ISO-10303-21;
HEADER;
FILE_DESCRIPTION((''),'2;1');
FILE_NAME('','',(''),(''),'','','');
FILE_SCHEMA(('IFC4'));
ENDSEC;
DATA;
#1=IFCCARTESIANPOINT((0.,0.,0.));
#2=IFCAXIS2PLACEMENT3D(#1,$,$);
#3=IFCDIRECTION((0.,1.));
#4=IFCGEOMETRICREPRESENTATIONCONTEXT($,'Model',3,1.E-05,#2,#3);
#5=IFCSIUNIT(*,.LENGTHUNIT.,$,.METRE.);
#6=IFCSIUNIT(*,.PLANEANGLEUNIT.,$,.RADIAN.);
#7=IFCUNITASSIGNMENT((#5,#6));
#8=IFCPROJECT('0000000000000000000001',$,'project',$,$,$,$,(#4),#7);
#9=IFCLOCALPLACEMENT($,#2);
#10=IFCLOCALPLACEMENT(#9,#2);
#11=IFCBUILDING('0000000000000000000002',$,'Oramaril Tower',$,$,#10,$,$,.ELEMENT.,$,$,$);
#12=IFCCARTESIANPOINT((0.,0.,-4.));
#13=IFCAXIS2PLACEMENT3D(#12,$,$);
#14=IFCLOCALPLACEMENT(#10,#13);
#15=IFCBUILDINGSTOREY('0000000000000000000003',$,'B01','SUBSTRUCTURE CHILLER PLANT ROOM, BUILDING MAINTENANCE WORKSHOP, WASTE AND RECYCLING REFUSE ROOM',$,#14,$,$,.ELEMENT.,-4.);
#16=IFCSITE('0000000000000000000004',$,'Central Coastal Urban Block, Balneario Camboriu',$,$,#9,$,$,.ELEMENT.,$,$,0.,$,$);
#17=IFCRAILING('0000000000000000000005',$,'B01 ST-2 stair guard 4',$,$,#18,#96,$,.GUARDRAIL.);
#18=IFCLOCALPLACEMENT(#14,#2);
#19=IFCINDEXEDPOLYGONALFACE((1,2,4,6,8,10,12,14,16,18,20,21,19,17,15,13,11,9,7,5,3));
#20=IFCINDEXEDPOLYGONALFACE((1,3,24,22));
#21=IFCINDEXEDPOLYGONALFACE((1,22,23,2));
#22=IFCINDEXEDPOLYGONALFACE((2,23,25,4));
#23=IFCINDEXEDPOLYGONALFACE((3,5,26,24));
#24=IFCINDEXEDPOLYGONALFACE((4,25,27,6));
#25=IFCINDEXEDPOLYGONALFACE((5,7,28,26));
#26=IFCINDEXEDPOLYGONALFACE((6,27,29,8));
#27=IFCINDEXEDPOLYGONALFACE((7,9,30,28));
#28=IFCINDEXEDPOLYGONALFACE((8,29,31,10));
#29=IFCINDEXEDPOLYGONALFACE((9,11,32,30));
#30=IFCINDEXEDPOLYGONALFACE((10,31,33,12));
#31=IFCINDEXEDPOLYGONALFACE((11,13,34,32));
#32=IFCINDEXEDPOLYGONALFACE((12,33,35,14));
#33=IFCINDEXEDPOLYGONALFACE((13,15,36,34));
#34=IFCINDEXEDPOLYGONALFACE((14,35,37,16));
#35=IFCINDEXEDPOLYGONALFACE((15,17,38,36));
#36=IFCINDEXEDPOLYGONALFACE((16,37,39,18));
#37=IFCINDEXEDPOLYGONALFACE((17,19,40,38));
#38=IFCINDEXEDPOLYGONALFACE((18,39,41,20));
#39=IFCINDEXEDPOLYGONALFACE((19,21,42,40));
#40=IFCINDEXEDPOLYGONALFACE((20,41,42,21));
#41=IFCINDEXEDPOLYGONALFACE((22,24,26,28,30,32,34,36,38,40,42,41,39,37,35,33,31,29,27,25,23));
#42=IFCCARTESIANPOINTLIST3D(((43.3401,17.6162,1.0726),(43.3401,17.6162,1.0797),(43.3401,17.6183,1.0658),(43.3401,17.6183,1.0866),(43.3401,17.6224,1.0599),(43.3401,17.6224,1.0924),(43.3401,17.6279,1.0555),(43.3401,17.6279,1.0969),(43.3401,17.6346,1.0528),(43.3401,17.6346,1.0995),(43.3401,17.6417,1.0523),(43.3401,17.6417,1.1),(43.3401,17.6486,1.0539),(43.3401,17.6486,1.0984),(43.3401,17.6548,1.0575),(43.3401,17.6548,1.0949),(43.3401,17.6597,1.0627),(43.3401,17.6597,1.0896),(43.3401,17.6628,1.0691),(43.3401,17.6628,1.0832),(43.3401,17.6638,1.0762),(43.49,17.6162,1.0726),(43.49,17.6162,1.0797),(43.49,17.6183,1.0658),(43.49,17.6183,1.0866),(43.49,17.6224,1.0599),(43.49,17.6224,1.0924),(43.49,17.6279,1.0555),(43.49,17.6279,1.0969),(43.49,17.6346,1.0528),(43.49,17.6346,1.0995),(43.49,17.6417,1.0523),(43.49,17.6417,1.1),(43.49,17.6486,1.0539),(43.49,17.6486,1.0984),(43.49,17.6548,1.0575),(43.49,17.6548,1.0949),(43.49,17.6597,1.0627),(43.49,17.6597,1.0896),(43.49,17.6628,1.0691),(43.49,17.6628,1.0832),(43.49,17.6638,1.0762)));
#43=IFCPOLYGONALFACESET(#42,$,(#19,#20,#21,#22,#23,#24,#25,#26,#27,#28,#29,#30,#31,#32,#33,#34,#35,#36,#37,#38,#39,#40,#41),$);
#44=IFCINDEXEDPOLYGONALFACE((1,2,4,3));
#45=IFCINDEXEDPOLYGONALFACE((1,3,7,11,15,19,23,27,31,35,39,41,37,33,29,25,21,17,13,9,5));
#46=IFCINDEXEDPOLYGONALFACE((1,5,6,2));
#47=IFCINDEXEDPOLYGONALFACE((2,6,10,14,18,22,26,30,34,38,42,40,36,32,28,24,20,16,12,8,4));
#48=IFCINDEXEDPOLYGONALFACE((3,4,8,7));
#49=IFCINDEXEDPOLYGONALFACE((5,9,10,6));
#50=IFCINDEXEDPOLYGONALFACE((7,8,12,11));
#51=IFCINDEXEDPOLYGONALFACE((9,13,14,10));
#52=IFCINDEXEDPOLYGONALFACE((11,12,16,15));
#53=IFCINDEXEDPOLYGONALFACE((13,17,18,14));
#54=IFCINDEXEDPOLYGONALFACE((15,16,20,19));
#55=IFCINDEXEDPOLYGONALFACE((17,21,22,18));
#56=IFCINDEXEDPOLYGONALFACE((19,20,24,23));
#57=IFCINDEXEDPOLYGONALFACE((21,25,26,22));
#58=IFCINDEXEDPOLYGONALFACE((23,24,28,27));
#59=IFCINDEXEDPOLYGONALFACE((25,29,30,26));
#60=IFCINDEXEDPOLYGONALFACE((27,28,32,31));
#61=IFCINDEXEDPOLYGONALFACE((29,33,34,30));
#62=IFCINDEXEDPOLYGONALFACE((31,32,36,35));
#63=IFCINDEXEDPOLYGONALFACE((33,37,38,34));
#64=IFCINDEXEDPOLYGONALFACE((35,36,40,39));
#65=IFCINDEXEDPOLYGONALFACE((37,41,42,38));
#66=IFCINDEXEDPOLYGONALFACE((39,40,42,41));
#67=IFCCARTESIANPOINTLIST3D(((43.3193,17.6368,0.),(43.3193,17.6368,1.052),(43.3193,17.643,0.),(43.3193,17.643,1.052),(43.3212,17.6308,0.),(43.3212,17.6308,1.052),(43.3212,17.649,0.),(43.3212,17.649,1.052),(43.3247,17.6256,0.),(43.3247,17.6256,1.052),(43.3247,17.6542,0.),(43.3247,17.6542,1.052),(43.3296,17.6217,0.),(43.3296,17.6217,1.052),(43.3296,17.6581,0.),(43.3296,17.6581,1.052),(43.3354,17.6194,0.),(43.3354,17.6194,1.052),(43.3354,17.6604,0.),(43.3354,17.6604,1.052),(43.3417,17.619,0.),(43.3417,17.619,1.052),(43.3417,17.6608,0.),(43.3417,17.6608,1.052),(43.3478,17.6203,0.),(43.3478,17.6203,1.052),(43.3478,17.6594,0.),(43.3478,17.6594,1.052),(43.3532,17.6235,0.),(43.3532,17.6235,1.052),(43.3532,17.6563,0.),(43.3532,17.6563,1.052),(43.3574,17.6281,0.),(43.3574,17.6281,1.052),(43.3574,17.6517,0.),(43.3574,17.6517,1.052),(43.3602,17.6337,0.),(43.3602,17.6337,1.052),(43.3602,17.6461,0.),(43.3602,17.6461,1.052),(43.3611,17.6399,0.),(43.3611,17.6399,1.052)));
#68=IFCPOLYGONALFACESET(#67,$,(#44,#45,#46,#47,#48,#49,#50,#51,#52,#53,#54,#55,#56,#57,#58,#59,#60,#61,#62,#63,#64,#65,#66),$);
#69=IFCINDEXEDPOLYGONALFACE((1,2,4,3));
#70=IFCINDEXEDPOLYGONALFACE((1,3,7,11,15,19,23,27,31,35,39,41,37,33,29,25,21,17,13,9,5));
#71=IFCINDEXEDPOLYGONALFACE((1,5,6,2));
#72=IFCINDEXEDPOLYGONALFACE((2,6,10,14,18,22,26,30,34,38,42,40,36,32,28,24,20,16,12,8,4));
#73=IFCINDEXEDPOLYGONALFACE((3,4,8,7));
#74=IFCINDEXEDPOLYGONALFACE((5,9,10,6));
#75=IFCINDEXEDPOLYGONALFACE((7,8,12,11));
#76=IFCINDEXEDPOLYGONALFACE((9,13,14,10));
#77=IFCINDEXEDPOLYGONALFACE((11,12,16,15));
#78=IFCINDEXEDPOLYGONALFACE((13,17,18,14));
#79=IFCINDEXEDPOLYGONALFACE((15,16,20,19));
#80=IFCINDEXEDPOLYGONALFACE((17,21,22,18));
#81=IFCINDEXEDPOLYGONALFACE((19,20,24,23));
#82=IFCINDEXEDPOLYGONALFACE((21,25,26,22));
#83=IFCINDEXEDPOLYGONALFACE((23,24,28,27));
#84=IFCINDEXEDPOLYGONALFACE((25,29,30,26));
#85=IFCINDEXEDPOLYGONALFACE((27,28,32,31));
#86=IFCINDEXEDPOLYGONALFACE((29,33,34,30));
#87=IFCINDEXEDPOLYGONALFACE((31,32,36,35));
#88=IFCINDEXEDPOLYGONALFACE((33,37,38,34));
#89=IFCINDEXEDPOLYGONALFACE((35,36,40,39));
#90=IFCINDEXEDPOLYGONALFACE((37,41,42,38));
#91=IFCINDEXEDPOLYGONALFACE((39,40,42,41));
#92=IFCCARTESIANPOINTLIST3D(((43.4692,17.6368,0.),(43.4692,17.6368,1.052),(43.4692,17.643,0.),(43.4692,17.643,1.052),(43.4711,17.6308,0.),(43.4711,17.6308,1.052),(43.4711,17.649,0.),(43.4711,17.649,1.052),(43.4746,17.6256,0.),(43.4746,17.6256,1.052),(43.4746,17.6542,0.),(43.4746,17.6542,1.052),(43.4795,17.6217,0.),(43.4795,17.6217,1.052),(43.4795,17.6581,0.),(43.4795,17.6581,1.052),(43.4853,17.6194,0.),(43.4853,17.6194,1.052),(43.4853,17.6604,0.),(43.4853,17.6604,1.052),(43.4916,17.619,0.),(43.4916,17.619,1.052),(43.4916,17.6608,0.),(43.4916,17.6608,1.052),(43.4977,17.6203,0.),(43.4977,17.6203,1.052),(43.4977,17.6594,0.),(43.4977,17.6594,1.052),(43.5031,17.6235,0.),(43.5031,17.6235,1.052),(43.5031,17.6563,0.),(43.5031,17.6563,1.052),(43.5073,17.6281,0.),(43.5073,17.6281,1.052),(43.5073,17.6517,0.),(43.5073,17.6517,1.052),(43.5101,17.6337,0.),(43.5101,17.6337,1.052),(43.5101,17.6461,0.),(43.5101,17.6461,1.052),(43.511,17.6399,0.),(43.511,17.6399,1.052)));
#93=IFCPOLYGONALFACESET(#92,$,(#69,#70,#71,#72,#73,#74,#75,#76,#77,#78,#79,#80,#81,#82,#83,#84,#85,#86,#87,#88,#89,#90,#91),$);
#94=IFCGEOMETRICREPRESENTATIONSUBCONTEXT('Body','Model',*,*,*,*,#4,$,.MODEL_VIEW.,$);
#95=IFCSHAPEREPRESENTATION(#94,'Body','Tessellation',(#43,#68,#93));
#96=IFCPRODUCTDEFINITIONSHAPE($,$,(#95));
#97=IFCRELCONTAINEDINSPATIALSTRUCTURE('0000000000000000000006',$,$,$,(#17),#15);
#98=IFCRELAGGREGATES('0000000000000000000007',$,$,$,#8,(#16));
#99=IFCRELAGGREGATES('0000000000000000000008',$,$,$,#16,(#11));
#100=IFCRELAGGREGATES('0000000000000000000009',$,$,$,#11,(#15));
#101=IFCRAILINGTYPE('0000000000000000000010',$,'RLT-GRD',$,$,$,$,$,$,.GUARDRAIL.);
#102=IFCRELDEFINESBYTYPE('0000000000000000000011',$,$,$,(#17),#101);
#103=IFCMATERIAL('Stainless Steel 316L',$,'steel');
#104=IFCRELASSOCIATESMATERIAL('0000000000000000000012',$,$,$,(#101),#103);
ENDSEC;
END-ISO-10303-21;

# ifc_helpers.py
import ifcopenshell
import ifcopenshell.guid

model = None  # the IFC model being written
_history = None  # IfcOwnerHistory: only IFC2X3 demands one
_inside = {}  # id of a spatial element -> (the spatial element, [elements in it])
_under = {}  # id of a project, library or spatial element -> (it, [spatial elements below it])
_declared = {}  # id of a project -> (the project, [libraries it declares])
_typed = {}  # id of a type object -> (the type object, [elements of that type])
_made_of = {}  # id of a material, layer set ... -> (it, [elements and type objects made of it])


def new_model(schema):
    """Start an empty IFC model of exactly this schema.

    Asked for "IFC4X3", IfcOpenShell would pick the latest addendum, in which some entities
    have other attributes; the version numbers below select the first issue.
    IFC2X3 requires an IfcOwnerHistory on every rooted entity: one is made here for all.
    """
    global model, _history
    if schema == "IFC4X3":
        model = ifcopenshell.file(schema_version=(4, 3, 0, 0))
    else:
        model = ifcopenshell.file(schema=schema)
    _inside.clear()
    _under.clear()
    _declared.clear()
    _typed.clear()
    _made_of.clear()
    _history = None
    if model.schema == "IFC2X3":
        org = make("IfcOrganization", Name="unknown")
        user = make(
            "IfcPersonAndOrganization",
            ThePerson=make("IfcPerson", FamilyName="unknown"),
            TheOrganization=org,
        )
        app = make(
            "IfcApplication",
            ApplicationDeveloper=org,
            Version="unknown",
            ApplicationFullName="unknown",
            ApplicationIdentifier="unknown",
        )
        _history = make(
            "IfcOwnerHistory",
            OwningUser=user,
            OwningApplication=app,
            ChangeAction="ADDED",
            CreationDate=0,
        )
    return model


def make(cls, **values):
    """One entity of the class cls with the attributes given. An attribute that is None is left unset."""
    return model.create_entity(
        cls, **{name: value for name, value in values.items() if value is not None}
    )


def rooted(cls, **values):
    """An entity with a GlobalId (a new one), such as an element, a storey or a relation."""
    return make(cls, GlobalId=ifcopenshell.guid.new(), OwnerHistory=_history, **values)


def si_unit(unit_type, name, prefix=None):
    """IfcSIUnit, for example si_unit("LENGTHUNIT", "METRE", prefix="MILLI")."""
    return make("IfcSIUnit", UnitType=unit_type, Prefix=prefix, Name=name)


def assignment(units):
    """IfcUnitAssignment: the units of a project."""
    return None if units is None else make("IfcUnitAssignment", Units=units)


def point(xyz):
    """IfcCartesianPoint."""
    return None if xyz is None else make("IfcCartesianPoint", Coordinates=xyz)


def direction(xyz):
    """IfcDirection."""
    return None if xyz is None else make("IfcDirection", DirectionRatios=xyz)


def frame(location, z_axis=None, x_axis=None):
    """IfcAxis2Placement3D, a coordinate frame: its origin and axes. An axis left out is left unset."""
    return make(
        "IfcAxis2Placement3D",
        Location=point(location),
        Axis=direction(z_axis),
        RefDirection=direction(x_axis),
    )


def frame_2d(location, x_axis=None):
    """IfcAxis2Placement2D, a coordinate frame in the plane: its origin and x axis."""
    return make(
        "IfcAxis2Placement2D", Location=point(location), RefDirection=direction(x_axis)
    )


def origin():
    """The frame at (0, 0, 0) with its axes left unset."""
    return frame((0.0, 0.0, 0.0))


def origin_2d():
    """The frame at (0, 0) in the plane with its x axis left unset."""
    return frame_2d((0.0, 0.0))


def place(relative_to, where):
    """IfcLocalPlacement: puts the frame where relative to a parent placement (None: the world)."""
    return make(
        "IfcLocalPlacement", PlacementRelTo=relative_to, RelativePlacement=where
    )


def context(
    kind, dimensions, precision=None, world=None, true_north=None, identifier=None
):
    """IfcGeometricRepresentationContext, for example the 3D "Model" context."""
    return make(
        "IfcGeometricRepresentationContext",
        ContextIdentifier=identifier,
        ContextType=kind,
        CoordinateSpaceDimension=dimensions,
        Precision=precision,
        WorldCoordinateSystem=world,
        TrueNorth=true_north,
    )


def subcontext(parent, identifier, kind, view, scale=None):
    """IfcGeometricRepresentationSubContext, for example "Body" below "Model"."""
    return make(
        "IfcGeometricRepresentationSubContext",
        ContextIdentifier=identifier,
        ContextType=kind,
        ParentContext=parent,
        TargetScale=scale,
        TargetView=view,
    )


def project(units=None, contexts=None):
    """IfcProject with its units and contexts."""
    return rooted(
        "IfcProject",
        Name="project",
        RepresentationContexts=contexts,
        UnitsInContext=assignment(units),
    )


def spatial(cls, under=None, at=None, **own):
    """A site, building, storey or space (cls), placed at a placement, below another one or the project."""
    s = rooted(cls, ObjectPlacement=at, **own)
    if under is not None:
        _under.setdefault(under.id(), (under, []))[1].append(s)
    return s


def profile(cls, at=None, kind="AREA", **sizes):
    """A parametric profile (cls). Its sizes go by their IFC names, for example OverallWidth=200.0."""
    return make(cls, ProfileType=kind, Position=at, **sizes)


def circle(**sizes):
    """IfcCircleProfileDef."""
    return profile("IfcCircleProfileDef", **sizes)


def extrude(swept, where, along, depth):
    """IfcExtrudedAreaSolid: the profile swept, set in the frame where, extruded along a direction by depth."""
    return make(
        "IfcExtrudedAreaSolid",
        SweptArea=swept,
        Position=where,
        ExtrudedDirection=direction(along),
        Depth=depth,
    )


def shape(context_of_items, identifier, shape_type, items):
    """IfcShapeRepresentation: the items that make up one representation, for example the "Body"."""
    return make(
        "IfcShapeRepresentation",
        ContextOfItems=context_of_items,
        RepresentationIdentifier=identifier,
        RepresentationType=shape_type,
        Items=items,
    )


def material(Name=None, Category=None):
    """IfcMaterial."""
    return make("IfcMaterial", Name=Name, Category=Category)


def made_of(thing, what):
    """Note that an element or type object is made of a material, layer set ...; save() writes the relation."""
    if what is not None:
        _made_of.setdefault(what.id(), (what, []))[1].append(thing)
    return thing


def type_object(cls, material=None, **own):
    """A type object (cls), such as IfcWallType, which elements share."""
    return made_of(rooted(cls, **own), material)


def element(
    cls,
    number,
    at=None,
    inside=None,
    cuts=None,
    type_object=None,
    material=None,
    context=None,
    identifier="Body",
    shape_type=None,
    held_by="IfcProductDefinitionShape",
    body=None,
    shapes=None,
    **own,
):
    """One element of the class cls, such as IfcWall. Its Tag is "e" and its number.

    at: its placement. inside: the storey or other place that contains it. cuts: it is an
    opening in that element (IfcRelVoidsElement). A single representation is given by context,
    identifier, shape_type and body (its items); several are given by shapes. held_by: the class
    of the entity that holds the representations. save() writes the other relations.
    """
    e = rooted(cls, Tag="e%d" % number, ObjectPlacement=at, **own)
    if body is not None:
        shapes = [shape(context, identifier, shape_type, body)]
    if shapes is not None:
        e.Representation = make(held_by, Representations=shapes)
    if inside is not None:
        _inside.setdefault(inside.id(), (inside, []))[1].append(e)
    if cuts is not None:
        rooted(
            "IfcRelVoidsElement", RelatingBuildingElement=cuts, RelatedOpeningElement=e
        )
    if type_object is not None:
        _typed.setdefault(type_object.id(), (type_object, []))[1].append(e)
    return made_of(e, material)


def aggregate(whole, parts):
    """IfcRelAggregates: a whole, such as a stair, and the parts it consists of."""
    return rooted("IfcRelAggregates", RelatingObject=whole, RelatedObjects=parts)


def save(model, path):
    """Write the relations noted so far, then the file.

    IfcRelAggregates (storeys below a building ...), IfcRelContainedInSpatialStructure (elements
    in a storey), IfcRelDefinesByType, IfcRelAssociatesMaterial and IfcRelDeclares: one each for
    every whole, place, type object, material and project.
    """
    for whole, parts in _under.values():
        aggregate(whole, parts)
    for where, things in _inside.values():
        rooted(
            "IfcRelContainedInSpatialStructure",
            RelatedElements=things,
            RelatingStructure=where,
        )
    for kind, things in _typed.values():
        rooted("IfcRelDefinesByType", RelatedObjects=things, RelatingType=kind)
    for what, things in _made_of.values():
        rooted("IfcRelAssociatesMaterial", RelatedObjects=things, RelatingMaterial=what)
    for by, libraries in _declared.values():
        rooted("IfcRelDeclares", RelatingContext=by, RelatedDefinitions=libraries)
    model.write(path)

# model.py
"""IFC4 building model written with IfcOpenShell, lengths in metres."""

from ifc_helpers import new_model, si_unit, direction, frame, origin, origin_2d, place, context, subcontext, project, spatial, circle, extrude, material, type_object, element, save


model = new_model("IFC4")

# Units and contexts
model_context = context("Model", 3, precision=1e-05, world=origin(), true_north=direction((0.0, 1.0)))
body_context = subcontext(model_context, "Body", "Model", "MODEL_VIEW")
ifc_project = project(units=[si_unit("LENGTHUNIT", "METRE"), si_unit("PLANEANGLEUNIT", "RADIAN")], contexts=[model_context])

# Site, building, storey
site_placement = place(None, origin())
site = spatial("IfcSite", under=ifc_project, at=site_placement, Name="Central Coastal Urban Block, Balneario Camboriu", CompositionType="ELEMENT", RefElevation=0.0)
building_placement = place(site_placement, origin())
building = spatial("IfcBuilding", under=site, at=building_placement, Name="Oramaril Tower", CompositionType="ELEMENT")
storey_placement = place(building_placement, frame((0.0, 0.0, -4.0)))
storey = spatial("IfcBuildingStorey", under=building, at=storey_placement, Name="B01", Description="SUBSTRUCTURE CHILLER PLANT ROOM, BUILDING MAINTENANCE WORKSHOP, WASTE AND RECYCLING REFUSE ROOM", CompositionType="ELEMENT", Elevation=-4.0)

# Railing
ifc_material_1 = material(Name="Stainless Steel 316L", Category="steel")
railing_type_1 = type_object("IfcRailingType", Name="RLT-GRD", PredefinedType="GUARDRAIL", material=ifc_material_1)
railing_1_placement = place(storey_placement, frame((43.3401, 17.6399, 0.0)))
element("IfcRailing", 1, at=railing_1_placement, inside=storey, type_object=railing_type_1, Name="B01 ST-2 stair guard 4", PredefinedType="GUARDRAIL", context=body_context, shape_type="SweptSolid", body=[
    extrude(circle(Radius=0.0239, at=origin_2d()), frame((0.0, 0.0, 1.0762), z_axis=(1.0, 0.0, 0.0), x_axis=(0.0, 1.0, 0.0)), (0.0, 0.0, 1.0), 0.1499),
    extrude(circle(Radius=0.021, at=origin_2d()), origin(), (0.0, 0.0, 1.0), 1.052),
    extrude(circle(Radius=0.021, at=origin_2d()), frame((0.1499, 0.0, 0.0)), (0.0, 0.0, 1.0), 1.052),
])

save(model, "model.ifc")
